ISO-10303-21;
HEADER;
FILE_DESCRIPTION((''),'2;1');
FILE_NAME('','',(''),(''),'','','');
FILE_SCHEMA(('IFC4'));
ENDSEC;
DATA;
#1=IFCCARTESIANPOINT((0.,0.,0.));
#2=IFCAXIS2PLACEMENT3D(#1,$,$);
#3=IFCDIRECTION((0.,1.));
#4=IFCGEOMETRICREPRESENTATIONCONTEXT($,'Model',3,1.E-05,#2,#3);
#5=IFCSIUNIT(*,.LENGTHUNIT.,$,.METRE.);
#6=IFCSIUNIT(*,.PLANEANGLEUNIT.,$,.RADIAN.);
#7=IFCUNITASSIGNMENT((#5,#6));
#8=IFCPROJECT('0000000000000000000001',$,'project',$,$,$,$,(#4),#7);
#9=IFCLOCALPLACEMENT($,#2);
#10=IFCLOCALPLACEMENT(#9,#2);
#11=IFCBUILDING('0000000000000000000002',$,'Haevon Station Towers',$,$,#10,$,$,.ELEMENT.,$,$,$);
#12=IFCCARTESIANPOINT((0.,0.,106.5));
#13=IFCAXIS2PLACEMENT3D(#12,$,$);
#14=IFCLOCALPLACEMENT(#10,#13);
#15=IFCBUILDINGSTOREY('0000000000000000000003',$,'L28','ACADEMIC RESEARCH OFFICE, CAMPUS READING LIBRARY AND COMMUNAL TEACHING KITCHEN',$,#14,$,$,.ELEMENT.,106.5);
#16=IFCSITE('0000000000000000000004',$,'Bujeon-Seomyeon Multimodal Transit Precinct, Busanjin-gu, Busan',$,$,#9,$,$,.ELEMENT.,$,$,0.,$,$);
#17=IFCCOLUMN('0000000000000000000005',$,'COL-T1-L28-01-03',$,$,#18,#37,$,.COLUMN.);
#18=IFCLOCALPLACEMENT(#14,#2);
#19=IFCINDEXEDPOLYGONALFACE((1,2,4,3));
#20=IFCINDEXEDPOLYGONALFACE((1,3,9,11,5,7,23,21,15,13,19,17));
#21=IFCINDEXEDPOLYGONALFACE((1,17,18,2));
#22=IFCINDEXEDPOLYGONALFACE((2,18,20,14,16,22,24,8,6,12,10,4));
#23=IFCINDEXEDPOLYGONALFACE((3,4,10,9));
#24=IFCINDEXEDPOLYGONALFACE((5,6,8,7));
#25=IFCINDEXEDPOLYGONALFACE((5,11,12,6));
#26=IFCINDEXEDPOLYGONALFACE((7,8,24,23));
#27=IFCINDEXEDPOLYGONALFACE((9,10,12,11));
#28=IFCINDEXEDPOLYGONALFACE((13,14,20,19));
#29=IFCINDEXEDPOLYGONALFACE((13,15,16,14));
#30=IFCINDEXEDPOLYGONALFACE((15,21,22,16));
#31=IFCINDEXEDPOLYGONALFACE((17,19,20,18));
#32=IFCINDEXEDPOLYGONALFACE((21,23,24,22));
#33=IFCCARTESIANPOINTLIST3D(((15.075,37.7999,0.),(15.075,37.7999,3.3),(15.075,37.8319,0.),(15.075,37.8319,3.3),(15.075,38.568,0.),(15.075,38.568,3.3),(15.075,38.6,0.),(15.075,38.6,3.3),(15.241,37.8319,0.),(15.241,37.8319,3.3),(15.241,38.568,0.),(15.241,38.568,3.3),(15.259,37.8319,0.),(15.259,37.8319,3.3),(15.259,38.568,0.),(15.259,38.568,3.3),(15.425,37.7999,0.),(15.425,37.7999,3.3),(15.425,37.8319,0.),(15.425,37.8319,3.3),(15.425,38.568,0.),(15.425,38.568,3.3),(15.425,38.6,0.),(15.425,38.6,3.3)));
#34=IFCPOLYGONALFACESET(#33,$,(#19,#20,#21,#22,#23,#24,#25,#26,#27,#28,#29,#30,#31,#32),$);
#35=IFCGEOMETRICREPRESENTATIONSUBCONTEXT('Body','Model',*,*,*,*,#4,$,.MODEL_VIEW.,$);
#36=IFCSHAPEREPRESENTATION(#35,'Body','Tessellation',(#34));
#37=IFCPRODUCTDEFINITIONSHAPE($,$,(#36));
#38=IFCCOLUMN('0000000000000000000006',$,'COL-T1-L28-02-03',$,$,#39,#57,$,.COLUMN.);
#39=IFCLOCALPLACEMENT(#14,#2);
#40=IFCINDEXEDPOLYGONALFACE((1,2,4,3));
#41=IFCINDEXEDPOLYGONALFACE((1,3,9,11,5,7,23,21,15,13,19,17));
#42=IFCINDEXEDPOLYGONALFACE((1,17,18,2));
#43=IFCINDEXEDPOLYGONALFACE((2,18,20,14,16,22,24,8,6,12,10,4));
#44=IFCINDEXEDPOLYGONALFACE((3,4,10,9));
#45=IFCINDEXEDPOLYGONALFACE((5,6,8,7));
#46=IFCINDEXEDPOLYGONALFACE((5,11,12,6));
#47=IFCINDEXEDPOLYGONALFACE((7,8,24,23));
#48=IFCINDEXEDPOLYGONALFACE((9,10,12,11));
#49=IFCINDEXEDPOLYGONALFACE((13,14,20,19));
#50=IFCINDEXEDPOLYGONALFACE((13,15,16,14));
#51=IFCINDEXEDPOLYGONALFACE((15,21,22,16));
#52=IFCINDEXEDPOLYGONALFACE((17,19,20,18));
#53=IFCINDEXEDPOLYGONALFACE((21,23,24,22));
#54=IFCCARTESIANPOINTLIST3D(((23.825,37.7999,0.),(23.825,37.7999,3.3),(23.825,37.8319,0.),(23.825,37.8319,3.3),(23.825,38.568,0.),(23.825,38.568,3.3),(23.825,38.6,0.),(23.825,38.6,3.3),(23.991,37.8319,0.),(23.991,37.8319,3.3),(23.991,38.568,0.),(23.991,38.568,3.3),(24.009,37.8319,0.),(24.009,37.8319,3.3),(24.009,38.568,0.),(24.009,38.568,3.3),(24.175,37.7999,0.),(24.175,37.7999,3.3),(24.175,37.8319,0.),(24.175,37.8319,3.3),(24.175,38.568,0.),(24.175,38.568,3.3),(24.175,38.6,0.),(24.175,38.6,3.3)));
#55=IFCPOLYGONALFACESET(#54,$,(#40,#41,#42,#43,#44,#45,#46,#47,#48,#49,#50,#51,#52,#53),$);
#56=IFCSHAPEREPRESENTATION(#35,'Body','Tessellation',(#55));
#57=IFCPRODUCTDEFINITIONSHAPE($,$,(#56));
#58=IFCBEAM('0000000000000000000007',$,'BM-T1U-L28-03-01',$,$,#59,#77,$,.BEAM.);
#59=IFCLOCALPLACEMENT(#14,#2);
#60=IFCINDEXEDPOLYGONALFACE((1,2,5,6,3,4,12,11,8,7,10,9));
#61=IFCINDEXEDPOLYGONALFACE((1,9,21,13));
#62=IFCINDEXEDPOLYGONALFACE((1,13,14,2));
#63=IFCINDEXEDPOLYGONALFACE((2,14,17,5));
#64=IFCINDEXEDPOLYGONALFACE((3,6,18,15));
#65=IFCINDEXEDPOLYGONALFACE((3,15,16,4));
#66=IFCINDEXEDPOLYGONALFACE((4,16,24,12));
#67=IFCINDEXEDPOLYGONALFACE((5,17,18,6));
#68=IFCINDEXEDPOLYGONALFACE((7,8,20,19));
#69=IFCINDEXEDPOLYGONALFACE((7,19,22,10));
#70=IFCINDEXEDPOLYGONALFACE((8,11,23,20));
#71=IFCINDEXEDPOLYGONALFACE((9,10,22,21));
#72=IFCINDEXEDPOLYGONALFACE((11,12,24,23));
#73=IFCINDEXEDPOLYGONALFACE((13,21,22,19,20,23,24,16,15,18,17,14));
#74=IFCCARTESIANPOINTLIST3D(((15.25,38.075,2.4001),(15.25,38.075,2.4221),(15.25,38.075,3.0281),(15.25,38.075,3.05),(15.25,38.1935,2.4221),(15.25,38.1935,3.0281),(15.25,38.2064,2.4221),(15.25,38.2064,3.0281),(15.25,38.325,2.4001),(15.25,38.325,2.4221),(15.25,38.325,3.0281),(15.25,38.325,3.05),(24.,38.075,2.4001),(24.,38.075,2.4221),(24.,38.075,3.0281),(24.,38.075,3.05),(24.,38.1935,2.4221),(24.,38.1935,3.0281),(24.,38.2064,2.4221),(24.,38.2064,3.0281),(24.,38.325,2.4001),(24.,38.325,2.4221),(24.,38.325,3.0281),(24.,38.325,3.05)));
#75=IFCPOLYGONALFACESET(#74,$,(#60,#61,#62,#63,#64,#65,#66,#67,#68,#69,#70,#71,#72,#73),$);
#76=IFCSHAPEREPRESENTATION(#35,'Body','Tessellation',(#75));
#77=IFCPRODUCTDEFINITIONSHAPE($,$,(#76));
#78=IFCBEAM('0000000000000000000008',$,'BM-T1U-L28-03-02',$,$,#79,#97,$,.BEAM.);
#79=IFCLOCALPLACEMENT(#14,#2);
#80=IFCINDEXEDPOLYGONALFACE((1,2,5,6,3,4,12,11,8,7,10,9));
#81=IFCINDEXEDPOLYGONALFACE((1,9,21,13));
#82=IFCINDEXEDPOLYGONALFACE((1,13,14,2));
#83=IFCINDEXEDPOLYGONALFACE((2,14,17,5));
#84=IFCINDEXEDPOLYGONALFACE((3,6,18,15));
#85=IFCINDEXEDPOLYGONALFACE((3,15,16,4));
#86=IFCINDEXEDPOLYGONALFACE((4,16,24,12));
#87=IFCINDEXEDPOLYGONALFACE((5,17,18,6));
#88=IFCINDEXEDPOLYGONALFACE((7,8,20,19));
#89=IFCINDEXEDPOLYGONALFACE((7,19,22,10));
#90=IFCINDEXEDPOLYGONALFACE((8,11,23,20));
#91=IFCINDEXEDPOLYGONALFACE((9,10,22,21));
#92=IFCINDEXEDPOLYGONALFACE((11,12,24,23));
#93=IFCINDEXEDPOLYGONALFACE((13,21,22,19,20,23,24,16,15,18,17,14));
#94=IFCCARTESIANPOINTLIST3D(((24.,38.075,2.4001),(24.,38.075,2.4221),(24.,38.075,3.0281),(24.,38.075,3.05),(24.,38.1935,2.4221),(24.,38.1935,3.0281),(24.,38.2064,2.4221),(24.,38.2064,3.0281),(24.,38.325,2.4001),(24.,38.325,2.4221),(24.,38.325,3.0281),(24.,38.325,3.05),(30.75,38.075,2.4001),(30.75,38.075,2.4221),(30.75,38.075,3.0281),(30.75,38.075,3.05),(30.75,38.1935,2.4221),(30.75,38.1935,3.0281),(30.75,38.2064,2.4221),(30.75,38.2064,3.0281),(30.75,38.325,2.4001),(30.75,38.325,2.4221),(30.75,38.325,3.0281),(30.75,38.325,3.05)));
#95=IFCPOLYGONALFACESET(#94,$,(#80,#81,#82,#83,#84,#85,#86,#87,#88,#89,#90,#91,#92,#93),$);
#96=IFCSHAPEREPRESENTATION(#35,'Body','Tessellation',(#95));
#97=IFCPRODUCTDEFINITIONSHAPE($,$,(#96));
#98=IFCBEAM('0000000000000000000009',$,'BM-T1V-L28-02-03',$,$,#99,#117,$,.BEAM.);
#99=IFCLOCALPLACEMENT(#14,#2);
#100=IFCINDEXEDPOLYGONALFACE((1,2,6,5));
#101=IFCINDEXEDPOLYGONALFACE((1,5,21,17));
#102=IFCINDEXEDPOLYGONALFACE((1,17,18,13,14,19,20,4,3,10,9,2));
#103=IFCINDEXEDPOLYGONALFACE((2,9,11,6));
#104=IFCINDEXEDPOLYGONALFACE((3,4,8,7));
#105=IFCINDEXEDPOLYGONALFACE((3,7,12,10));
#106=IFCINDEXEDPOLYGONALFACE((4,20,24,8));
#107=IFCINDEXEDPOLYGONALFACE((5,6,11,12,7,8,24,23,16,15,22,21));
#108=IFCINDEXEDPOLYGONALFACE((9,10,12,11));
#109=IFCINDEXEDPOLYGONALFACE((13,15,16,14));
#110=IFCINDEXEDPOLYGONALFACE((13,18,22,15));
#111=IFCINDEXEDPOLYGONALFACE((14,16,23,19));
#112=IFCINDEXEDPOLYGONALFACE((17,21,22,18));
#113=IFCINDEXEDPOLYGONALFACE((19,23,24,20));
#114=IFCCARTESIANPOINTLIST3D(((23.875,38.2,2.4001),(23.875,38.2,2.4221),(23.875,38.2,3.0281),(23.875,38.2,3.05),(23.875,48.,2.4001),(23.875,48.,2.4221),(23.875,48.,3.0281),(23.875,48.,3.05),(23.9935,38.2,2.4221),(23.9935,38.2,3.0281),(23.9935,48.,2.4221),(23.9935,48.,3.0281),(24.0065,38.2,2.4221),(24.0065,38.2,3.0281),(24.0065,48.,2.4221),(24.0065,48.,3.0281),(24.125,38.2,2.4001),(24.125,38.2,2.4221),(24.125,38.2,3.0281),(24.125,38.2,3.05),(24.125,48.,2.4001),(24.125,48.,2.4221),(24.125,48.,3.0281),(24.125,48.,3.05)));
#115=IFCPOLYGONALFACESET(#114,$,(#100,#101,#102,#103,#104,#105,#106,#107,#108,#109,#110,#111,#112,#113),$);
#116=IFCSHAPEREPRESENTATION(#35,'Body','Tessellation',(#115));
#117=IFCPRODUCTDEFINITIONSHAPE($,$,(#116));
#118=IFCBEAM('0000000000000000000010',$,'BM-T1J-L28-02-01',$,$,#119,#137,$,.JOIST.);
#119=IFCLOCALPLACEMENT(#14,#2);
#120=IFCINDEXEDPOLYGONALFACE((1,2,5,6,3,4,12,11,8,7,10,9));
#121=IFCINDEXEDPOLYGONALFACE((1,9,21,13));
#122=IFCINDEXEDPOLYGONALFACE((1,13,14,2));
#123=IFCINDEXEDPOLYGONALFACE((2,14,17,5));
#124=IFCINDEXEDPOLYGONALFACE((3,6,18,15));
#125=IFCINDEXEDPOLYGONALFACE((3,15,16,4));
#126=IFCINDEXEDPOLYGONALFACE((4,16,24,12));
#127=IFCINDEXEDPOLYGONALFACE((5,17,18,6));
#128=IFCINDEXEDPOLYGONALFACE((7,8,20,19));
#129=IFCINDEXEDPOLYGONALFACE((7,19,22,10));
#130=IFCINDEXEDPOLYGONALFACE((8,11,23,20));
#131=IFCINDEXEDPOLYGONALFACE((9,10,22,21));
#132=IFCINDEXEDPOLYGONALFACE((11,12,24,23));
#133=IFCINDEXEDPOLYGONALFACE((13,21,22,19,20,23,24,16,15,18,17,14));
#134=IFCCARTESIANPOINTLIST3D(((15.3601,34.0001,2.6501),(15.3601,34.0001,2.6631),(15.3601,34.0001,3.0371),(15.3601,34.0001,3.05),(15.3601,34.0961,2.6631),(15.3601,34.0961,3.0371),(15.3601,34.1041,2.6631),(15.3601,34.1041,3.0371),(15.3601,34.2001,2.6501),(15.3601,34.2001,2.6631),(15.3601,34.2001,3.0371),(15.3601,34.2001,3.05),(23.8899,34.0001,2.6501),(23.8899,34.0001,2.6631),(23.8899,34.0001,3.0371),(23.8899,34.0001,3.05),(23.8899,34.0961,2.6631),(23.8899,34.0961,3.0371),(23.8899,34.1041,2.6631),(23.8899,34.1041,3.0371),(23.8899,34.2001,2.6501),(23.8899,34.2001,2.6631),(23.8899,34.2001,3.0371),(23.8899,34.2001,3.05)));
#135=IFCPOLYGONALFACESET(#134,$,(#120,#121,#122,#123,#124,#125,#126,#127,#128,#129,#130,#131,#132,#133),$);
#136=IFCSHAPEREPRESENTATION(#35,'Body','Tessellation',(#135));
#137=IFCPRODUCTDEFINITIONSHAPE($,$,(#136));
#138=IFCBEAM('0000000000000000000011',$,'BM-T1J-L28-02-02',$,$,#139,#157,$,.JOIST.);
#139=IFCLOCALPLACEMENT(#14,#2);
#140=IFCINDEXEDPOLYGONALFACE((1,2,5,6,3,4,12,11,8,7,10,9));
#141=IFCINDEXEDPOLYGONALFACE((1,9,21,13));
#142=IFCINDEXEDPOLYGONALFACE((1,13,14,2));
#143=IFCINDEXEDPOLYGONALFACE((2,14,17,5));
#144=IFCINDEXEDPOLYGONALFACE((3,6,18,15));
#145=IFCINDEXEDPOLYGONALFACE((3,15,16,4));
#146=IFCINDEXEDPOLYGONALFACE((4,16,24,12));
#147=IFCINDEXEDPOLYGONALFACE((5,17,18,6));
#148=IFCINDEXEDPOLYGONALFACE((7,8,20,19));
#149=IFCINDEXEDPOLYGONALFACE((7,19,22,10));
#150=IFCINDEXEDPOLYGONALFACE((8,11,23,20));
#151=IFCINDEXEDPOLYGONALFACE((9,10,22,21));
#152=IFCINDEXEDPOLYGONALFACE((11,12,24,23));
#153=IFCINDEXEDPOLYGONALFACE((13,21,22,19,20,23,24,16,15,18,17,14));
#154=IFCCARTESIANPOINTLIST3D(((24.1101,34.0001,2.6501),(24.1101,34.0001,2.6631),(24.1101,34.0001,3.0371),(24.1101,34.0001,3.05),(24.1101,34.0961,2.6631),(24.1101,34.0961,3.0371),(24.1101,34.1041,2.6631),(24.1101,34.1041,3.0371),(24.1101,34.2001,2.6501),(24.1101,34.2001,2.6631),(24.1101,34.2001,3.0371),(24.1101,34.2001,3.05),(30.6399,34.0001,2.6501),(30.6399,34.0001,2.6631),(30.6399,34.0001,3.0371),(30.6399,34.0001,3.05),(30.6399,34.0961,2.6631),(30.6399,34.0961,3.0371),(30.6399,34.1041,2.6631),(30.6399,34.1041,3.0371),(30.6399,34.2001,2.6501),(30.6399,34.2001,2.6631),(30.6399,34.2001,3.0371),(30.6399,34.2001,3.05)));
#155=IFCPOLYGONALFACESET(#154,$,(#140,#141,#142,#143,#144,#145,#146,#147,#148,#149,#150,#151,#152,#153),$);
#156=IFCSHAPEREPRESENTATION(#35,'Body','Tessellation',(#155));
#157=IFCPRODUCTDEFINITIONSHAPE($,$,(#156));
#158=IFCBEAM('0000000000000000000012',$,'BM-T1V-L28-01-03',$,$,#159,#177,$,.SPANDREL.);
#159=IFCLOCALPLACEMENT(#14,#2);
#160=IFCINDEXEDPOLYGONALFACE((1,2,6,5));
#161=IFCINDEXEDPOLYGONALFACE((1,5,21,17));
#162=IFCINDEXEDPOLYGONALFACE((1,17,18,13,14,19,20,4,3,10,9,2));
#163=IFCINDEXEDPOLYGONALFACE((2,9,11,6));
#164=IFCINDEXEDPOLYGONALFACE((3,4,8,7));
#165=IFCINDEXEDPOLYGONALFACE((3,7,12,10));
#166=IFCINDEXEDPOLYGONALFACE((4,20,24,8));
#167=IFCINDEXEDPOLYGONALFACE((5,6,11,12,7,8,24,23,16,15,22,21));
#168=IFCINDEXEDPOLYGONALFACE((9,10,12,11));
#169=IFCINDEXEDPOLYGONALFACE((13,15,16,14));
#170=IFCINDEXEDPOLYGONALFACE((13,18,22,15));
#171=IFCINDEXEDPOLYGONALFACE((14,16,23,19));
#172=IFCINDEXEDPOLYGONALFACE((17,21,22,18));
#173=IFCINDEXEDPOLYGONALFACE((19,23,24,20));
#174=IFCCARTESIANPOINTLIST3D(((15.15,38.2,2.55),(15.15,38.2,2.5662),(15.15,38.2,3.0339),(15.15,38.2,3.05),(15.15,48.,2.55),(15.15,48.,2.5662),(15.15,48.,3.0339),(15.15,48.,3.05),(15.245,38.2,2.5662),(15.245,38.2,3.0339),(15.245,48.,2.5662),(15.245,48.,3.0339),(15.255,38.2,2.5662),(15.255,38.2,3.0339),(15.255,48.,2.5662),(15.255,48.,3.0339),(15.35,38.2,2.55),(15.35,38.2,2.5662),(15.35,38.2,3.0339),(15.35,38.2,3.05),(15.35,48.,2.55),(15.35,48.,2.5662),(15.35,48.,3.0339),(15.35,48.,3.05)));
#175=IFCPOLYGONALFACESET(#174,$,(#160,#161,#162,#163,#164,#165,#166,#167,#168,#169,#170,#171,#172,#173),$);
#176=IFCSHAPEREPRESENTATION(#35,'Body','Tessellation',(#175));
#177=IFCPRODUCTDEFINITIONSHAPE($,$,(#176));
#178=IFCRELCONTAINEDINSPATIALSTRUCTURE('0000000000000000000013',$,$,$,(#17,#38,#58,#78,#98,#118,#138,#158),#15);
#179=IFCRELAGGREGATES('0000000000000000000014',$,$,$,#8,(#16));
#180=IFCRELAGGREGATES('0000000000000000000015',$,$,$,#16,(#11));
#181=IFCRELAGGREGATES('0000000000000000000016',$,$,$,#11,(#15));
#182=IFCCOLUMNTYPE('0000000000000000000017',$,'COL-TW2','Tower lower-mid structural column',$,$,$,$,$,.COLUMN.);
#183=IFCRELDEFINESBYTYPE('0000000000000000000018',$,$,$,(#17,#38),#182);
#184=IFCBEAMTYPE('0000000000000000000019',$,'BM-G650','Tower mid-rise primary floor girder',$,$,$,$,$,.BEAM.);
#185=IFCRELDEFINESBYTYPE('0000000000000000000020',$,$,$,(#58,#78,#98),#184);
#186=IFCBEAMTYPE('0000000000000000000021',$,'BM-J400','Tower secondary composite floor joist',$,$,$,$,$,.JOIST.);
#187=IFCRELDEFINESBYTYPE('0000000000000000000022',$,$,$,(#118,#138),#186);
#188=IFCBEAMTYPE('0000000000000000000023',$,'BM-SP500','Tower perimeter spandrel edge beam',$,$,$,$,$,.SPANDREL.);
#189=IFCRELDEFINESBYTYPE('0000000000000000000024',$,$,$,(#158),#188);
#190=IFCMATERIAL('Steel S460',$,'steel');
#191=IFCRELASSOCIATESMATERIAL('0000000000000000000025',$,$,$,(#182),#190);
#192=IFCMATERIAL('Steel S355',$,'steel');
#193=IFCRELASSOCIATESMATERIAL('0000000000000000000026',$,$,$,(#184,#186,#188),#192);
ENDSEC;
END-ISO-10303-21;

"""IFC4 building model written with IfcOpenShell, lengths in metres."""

from ifc_helpers import new_model, si_unit, direction, frame, origin, origin_2d, place, context, subcontext, project, spatial, i_section, extrude, material, material_profile, profile_set, type_object, element, save


model = new_model("IFC4")

# Units and contexts
model_context = context("Model", 3, precision=1e-05, world=origin(), true_north=direction((0.0, 1.0)))
body_context = subcontext(model_context, "Body", "Model", "MODEL_VIEW")
ifc_project = project(units=[si_unit("LENGTHUNIT", "METRE"), si_unit("PLANEANGLEUNIT", "RADIAN")], contexts=[model_context])

# Site, building, storey
site_placement = place(None, origin())
site = spatial("IfcSite", under=ifc_project, at=site_placement, Name="Bujeon-Seomyeon Multimodal Transit Precinct, Busanjin-gu, Busan", CompositionType="ELEMENT", RefElevation=0.0)
building_placement = place(site_placement, origin())
building = spatial("IfcBuilding", under=site, at=building_placement, Name="Haevon Station Towers", CompositionType="ELEMENT")
storey_placement = place(building_placement, frame((0.0, 0.0, 106.5)))
storey = spatial("IfcBuildingStorey", under=building, at=storey_placement, Name="L28", Description="ACADEMIC RESEARCH OFFICE, CAMPUS READING LIBRARY AND COMMUNAL TEACHING KITCHEN", CompositionType="ELEMENT", Elevation=106.5)

# Columns
ifc_material_1 = material(Name="Steel S460", Category="steel")
ifc_material_profile_1 = material_profile(ifc_material_1, i_section(OverallWidth=0.3501, OverallDepth=0.8, WebThickness=0.0181, FlangeThickness=0.032, at=origin_2d()), Name="H-800x350x18x32")
ifc_profile_set_1 = profile_set([ifc_material_profile_1], Name="Steel S460")
column_type = type_object("IfcColumnType", Name="COL-TW2", Description="Tower lower-mid structural column", PredefinedType="COLUMN", material=ifc_profile_set_1)
for number, where, z_axis, x_axis, name in (
    (1, (15.25, 38.2, 0.0), (0.0, 0.0, 1.0), (1.0, 0.0, 0.0), "COL-T1-L28-01-03"),
    (2, (24.0, 38.2, 0.0), (0.0, 0.0, 1.0), (1.0, 0.0, 0.0), "COL-T1-L28-02-03"),
):
    element("IfcColumn", number, at=place(storey_placement, frame(where, z_axis=z_axis, x_axis=x_axis)), inside=storey, type_object=column_type, Name=name, PredefinedType="COLUMN", context=body_context, shape_type="SweptSolid", body=[
        extrude(i_section(OverallWidth=0.3501, OverallDepth=0.8, WebThickness=0.0181, FlangeThickness=0.032, at=origin_2d()), origin(), (0.0, 0.0, 1.0), 3.3),
    ])

# Beams
ifc_material_2 = material(Name="Steel S355", Category="steel")
ifc_material_profile_2 = material_profile(ifc_material_2, i_section(OverallWidth=0.25, OverallDepth=0.6499, WebThickness=0.0129, FlangeThickness=0.022, at=origin_2d()), Name="H-650x250x13x22")
ifc_profile_set_2 = profile_set([ifc_material_profile_2], Name="Steel S355")
beam_type_1 = type_object("IfcBeamType", Name="BM-G650", Description="Tower mid-rise primary floor girder", PredefinedType="BEAM", material=ifc_profile_set_2)
beam_1_placement = place(storey_placement, frame((15.25, 38.2, 2.7251), z_axis=(1.0, 0.0, 0.0), x_axis=(0.0, 1.0, 0.0)))
element("IfcBeam", 3, at=beam_1_placement, inside=storey, type_object=beam_type_1, Name="BM-T1U-L28-03-01", PredefinedType="BEAM", context=body_context, shape_type="SweptSolid", body=[
    extrude(i_section(OverallWidth=0.25, OverallDepth=0.6499, WebThickness=0.0129, FlangeThickness=0.022, at=origin_2d()), origin(), (0.0, 0.0, 1.0), 8.75),
])
beam_2_placement = place(storey_placement, frame((24.0, 38.2, 2.7251), z_axis=(1.0, 0.0, 0.0), x_axis=(0.0, 1.0, 0.0)))
element("IfcBeam", 4, at=beam_2_placement, inside=storey, type_object=beam_type_1, Name="BM-T1U-L28-03-02", PredefinedType="BEAM", context=body_context, shape_type="SweptSolid", body=[
    extrude(i_section(OverallWidth=0.25, OverallDepth=0.6499, WebThickness=0.0129, FlangeThickness=0.022, at=origin_2d()), origin(), (0.0, 0.0, 1.0), 6.75),
])
beam_3_placement = place(storey_placement, frame((24.0, 38.2, 2.7251), z_axis=(0.0, 1.0, 0.0), x_axis=(-1.0, 0.0, 0.0)))
element("IfcBeam", 5, at=beam_3_placement, inside=storey, type_object=beam_type_1, Name="BM-T1V-L28-02-03", PredefinedType="BEAM", context=body_context, shape_type="SweptSolid", body=[
    extrude(i_section(OverallWidth=0.25, OverallDepth=0.6499, WebThickness=0.0129, FlangeThickness=0.022, at=origin_2d()), origin(), (0.0, 0.0, 1.0), 9.8),
])
ifc_material_profile_3 = material_profile(ifc_material_2, i_section(OverallWidth=0.2, OverallDepth=0.3999, WebThickness=0.0081, FlangeThickness=0.0129, at=origin_2d()), Name="H-400x200x8x13")
ifc_profile_set_3 = profile_set([ifc_material_profile_3], Name="Steel S355")
beam_type_2 = type_object("IfcBeamType", Name="BM-J400", Description="Tower secondary composite floor joist", PredefinedType="JOIST", material=ifc_profile_set_3)
beam_4_placement = place(storey_placement, frame((15.3601, 34.1001, 2.8501), z_axis=(1.0, 0.0, 0.0), x_axis=(0.0, 1.0, 0.0)))
element("IfcBeam", 6, at=beam_4_placement, inside=storey, type_object=beam_type_2, Name="BM-T1J-L28-02-01", PredefinedType="JOIST", context=body_context, shape_type="SweptSolid", body=[
    extrude(i_section(OverallWidth=0.2, OverallDepth=0.3999, WebThickness=0.0081, FlangeThickness=0.0129, at=origin_2d()), origin(), (0.0, 0.0, 1.0), 8.5298),
])
beam_5_placement = place(storey_placement, frame((24.1101, 34.1001, 2.8501), z_axis=(1.0, 0.0, 0.0), x_axis=(0.0, 1.0, 0.0)))
element("IfcBeam", 7, at=beam_5_placement, inside=storey, type_object=beam_type_2, Name="BM-T1J-L28-02-02", PredefinedType="JOIST", context=body_context, shape_type="SweptSolid", body=[
    extrude(i_section(OverallWidth=0.2, OverallDepth=0.3999, WebThickness=0.0081, FlangeThickness=0.0129, at=origin_2d()), origin(), (0.0, 0.0, 1.0), 6.5298),
])
ifc_material_profile_4 = material_profile(ifc_material_2, i_section(OverallWidth=0.2, OverallDepth=0.5, WebThickness=0.01, FlangeThickness=0.0161, at=origin_2d()), Name="H-500x200x10x16")
ifc_profile_set_4 = profile_set([ifc_material_profile_4], Name="Steel S355")
beam_type_3 = type_object("IfcBeamType", Name="BM-SP500", Description="Tower perimeter spandrel edge beam", PredefinedType="SPANDREL", material=ifc_profile_set_4)
beam_6_placement = place(storey_placement, frame((15.25, 38.2, 2.8), z_axis=(0.0, 1.0, 0.0), x_axis=(-1.0, 0.0, 0.0)))
element("IfcBeam", 8, at=beam_6_placement, inside=storey, type_object=beam_type_3, Name="BM-T1V-L28-01-03", PredefinedType="SPANDREL", context=body_context, shape_type="SweptSolid", body=[
    extrude(i_section(OverallWidth=0.2, OverallDepth=0.5, WebThickness=0.01, FlangeThickness=0.0161, at=origin_2d()), origin(), (0.0, 0.0, 1.0), 9.8),
])

save(model, "model.ifc")
